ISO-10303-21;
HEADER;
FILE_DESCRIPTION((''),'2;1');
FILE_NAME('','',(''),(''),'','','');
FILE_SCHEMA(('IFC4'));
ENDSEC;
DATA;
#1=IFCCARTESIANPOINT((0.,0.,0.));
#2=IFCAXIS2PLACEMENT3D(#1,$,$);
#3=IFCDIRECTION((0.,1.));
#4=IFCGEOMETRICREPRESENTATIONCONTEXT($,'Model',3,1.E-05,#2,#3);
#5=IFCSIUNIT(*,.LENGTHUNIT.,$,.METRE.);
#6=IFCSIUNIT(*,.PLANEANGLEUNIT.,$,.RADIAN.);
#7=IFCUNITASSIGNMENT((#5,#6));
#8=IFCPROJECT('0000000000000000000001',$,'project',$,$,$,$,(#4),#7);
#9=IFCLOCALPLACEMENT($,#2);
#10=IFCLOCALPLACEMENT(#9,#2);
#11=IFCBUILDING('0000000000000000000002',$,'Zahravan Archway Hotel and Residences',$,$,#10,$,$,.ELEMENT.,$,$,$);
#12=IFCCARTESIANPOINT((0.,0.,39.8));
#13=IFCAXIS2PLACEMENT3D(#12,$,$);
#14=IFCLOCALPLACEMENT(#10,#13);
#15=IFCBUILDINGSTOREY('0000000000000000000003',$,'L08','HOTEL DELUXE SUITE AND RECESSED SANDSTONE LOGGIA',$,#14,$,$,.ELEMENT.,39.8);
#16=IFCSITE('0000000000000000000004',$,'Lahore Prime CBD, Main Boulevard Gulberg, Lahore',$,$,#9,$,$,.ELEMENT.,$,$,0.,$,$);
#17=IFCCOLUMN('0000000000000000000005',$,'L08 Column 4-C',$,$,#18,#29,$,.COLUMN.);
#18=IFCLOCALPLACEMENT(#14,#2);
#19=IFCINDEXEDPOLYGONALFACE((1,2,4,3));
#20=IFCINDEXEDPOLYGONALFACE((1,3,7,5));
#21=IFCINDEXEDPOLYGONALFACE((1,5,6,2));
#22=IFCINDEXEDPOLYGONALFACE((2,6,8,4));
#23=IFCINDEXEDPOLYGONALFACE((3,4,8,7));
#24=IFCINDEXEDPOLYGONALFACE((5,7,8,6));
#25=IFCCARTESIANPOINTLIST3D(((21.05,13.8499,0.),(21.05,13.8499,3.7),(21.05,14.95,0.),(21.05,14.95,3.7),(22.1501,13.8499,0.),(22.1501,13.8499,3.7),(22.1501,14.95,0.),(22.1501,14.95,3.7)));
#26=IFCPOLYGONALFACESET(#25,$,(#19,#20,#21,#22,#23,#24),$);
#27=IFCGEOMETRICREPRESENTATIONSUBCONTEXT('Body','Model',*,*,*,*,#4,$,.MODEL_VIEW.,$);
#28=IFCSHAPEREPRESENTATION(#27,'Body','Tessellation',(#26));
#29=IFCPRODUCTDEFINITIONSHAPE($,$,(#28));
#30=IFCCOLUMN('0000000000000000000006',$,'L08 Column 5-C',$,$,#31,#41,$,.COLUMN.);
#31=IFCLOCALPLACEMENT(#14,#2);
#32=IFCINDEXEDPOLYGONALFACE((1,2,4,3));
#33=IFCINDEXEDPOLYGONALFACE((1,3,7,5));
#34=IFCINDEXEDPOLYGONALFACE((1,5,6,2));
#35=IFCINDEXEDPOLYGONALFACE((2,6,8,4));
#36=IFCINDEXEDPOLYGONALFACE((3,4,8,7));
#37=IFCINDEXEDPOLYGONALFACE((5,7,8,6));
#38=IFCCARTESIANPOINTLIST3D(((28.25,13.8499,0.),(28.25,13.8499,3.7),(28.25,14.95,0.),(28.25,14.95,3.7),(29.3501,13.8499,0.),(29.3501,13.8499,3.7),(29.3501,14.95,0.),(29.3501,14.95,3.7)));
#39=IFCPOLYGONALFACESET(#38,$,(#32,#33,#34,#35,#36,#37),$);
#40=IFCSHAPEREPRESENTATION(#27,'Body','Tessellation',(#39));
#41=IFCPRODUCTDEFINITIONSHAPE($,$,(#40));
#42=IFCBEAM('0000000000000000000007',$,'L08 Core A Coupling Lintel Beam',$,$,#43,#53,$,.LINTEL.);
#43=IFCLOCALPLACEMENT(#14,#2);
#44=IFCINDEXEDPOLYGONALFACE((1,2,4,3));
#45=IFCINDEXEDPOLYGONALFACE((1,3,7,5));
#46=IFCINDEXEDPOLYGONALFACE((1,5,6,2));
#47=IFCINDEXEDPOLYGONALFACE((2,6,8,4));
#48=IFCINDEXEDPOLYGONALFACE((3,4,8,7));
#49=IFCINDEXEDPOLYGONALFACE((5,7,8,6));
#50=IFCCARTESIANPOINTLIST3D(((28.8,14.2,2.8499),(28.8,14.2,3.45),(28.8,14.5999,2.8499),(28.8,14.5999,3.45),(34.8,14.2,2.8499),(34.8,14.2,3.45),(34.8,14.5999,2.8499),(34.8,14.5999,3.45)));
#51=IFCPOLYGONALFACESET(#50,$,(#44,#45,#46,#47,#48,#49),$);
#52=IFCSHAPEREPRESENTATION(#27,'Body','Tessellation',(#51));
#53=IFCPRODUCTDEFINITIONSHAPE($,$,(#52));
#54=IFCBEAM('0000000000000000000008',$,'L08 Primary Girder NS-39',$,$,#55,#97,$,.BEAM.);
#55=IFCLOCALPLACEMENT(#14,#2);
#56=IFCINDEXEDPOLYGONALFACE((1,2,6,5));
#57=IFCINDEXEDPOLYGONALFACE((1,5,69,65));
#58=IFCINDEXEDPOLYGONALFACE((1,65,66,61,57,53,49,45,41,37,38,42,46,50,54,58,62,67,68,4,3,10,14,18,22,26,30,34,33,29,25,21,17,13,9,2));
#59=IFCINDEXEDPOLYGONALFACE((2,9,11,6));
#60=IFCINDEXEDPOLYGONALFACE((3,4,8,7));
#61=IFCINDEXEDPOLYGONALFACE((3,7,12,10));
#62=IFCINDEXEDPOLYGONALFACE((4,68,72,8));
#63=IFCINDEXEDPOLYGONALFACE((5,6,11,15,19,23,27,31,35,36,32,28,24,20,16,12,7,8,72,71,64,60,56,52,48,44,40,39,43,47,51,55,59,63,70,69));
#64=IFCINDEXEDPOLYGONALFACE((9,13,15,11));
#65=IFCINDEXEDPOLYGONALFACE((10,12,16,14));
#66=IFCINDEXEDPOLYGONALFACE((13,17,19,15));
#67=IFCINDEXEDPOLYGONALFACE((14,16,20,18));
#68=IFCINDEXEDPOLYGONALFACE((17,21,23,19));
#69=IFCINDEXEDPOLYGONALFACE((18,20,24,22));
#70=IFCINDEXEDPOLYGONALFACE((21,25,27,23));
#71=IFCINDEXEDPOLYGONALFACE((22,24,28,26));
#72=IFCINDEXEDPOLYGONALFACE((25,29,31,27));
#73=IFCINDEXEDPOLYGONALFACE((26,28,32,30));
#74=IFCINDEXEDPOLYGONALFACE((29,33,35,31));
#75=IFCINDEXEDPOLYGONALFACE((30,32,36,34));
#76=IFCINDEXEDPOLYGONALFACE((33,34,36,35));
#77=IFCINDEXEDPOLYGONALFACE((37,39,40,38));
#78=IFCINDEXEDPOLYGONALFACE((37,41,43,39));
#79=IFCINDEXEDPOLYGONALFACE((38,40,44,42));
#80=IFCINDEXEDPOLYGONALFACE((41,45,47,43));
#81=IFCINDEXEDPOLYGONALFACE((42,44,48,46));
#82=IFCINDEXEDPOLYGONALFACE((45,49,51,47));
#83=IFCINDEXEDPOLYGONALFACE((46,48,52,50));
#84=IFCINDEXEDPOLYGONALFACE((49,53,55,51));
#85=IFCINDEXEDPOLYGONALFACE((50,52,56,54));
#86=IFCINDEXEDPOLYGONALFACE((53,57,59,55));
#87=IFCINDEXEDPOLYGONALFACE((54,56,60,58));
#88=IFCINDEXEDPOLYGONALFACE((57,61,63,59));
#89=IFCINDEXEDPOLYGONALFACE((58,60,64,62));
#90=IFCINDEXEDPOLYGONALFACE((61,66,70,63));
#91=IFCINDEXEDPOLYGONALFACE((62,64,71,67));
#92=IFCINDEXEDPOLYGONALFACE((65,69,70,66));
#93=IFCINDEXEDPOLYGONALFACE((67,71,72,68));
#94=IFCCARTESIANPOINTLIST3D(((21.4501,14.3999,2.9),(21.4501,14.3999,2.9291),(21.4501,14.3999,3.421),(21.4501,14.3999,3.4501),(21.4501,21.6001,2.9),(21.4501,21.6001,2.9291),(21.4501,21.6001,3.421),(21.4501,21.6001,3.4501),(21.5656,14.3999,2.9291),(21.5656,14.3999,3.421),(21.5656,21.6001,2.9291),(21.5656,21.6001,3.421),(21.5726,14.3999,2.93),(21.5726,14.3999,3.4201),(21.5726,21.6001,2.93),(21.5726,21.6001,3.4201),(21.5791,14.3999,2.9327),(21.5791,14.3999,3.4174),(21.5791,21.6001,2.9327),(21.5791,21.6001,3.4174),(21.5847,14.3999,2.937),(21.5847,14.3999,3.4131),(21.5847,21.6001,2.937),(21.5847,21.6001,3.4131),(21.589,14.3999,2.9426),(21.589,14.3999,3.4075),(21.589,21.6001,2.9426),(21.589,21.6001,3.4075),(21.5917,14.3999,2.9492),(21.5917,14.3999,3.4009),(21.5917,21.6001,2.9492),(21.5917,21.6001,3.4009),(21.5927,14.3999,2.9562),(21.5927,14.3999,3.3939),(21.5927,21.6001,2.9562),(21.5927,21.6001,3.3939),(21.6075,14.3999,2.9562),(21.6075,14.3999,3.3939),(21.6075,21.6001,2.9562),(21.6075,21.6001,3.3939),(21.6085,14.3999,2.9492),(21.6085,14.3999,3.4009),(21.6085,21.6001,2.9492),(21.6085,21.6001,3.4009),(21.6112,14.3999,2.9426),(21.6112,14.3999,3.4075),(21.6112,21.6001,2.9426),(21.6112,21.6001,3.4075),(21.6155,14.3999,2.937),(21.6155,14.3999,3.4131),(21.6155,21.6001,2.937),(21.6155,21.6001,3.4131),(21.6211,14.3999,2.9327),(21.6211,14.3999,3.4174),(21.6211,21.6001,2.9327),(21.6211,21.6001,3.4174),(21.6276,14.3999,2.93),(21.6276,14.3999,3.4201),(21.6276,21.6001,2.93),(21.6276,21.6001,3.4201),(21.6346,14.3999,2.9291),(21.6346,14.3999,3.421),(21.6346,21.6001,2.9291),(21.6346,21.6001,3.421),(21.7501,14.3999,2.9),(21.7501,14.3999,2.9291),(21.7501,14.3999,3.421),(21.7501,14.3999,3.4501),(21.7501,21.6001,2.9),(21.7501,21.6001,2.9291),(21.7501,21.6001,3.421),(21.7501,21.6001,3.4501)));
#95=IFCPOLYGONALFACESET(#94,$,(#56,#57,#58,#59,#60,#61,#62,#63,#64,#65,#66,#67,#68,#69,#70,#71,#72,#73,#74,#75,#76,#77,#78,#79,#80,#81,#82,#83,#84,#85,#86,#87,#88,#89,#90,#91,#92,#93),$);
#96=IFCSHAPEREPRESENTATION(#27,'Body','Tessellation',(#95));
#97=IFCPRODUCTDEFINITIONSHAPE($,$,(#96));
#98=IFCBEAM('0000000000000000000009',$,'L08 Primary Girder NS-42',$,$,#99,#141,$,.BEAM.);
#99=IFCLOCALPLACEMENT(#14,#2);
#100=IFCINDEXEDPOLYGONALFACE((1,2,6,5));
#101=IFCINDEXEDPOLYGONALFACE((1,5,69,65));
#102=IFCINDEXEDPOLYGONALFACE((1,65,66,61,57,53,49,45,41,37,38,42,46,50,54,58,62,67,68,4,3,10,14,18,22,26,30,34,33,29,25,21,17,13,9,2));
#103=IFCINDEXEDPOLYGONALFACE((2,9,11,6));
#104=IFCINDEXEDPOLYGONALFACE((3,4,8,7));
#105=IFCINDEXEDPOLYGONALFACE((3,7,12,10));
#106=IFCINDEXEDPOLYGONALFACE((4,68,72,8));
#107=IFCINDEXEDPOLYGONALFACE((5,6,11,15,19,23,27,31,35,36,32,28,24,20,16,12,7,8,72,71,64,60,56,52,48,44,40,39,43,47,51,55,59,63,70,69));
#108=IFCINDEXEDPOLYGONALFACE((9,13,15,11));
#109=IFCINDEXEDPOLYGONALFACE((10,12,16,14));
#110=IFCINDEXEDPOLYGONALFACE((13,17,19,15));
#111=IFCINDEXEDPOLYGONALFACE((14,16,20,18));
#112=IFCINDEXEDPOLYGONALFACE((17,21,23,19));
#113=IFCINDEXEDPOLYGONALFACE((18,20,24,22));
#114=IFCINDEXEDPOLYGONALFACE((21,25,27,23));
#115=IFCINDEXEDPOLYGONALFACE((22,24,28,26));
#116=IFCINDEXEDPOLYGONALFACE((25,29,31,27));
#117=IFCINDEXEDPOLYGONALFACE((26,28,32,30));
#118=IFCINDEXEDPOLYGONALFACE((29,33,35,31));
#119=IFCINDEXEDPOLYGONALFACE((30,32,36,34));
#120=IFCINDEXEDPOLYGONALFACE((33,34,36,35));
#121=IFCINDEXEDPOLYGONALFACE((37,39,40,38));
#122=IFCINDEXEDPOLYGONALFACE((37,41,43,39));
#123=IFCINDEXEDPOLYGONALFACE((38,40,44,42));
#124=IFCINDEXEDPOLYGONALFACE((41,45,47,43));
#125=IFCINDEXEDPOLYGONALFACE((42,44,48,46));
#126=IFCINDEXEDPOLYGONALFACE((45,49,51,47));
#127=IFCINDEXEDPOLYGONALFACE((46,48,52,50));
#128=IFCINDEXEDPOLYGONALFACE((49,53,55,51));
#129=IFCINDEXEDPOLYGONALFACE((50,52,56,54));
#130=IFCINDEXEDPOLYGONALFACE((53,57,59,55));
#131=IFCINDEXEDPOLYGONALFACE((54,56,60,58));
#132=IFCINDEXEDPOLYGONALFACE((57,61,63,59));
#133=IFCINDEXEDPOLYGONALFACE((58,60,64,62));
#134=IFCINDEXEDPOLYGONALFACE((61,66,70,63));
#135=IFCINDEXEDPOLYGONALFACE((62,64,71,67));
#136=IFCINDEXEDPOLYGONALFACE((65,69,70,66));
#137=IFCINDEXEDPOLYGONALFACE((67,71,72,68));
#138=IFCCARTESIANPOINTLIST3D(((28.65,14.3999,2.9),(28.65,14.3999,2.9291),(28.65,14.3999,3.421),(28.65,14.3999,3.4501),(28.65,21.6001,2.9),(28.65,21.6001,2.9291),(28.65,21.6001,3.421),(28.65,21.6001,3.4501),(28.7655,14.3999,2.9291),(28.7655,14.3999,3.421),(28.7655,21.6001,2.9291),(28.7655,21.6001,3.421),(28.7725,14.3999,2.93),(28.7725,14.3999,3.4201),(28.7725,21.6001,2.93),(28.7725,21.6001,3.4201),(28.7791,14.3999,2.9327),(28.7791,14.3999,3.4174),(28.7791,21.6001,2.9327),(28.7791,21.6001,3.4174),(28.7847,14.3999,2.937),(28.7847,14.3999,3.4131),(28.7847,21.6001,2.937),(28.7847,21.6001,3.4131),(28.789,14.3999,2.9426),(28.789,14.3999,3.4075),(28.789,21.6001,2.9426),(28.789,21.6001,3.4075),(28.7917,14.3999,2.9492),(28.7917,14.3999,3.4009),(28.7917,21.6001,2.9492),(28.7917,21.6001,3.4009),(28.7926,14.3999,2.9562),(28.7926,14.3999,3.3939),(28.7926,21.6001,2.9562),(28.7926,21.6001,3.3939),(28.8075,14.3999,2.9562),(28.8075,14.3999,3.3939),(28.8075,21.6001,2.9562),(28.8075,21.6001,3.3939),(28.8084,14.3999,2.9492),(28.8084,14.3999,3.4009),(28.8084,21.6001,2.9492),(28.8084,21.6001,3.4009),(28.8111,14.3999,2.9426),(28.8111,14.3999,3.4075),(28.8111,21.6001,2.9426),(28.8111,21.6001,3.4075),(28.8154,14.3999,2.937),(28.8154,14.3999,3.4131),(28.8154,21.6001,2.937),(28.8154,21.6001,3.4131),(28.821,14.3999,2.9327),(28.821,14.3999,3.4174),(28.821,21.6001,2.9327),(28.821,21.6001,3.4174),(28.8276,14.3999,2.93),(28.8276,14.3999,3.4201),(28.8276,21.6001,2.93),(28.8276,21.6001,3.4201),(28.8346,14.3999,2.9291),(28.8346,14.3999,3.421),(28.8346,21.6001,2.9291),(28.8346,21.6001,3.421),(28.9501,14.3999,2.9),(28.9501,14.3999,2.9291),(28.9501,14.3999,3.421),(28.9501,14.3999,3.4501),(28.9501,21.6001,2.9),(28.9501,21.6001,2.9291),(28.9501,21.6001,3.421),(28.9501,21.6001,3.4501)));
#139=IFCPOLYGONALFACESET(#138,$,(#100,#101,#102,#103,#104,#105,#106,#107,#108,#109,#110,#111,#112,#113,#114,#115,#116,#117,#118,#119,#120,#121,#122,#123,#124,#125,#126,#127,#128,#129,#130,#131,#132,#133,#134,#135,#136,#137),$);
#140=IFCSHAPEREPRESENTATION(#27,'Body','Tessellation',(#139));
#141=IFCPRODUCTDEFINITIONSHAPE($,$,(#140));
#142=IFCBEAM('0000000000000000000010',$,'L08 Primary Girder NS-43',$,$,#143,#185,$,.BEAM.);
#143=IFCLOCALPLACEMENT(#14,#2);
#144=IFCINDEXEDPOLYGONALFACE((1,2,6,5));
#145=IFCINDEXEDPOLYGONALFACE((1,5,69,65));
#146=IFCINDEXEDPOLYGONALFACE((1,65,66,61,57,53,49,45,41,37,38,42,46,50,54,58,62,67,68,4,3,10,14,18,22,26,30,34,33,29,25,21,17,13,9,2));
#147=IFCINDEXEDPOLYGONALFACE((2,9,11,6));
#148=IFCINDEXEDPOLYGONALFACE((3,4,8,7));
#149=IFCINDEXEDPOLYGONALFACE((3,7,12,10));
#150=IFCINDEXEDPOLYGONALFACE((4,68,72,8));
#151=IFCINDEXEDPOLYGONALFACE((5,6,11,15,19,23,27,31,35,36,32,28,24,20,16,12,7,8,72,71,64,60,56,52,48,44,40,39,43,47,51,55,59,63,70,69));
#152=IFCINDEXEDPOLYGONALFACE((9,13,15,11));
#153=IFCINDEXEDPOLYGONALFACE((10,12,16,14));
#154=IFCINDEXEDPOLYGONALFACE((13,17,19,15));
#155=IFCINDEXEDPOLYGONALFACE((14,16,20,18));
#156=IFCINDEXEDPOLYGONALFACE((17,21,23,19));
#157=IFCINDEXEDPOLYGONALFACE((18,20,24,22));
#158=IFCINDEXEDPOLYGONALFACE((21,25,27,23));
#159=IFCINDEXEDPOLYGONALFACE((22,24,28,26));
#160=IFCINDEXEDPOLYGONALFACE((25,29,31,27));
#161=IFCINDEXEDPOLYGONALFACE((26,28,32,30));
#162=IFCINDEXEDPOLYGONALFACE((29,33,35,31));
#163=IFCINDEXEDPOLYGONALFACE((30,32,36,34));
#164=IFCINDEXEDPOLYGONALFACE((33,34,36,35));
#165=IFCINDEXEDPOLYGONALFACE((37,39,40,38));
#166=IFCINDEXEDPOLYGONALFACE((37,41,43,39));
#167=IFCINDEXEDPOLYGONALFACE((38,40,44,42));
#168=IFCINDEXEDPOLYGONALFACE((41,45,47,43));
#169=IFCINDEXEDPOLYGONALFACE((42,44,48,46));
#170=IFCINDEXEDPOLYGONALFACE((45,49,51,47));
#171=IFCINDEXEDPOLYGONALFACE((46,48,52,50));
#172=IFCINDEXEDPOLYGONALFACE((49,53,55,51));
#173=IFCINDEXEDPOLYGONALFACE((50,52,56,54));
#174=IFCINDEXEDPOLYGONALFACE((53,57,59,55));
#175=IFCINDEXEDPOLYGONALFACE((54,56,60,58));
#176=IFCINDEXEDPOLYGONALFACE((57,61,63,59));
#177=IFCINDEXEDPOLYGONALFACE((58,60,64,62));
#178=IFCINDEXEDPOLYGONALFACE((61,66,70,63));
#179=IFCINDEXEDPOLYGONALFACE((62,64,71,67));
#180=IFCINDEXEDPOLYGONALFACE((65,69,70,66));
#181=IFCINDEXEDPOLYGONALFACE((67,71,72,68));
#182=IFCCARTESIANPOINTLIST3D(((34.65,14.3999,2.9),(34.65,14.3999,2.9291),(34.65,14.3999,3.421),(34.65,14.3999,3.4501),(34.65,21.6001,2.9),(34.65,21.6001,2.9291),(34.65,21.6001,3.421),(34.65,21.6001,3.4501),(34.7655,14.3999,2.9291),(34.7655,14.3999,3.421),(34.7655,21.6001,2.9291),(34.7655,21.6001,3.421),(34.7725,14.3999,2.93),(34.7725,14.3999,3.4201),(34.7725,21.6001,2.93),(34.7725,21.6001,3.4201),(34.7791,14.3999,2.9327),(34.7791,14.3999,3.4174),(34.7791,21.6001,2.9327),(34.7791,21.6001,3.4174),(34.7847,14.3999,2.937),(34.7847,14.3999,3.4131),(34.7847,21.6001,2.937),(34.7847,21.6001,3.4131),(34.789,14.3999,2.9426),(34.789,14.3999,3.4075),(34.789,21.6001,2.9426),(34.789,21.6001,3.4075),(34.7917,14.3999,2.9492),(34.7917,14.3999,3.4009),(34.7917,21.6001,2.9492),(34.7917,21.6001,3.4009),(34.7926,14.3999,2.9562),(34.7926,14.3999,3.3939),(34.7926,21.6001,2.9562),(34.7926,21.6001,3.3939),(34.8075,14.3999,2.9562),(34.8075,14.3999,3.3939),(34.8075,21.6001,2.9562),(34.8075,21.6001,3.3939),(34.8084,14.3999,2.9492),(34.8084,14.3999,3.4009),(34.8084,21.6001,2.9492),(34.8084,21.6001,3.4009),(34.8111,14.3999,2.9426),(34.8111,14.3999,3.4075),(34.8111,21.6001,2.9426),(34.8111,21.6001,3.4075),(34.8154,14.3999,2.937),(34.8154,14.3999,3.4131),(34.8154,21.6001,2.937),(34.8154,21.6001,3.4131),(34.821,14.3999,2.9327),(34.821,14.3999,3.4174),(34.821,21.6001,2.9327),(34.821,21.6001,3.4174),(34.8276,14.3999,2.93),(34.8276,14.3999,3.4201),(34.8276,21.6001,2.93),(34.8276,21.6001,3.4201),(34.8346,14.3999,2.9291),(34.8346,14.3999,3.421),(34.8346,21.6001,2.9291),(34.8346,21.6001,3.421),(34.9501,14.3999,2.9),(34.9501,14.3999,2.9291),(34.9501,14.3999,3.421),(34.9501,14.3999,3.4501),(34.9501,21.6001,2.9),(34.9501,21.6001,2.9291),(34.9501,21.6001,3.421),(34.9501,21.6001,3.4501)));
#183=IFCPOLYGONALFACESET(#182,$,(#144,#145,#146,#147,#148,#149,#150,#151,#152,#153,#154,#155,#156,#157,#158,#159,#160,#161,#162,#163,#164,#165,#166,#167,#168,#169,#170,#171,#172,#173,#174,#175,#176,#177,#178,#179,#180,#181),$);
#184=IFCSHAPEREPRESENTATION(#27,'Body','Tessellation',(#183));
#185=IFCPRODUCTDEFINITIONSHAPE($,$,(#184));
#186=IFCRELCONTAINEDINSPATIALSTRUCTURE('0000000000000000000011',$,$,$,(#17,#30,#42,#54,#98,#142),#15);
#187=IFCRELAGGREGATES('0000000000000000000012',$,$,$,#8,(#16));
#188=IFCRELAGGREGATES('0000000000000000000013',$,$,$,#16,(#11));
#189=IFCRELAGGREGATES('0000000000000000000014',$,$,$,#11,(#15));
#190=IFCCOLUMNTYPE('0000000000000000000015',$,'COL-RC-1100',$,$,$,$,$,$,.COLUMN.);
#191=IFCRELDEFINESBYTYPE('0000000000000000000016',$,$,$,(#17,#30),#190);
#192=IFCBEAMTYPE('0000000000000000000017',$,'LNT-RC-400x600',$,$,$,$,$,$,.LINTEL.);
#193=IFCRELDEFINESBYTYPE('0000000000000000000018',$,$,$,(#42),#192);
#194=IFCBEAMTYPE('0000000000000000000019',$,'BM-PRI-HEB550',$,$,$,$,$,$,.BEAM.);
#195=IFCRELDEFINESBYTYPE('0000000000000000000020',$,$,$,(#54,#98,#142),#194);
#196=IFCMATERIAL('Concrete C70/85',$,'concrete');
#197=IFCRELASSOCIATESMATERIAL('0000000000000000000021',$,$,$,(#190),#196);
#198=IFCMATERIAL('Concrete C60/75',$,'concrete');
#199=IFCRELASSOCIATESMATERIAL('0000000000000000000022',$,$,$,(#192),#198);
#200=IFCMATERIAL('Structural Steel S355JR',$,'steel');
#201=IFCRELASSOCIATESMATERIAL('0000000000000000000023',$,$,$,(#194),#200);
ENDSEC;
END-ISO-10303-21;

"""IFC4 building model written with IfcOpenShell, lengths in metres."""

from ifc_helpers import new_model, si_unit, direction, frame, origin, origin_2d, place, context, subcontext, project, spatial, rectangle, i_section, extrude, source, transform, mapped, material, material_profile, profile_set, type_object, type_shapes, element, save


model = new_model("IFC4")

# Units and contexts
model_context = context("Model", 3, precision=1e-05, world=origin(), true_north=direction((0.0, 1.0)))
body_context = subcontext(model_context, "Body", "Model", "MODEL_VIEW")
ifc_project = project(units=[si_unit("LENGTHUNIT", "METRE"), si_unit("PLANEANGLEUNIT", "RADIAN")], contexts=[model_context])

# Site, building, storey
site_placement = place(None, origin())
site = spatial("IfcSite", under=ifc_project, at=site_placement, Name="Lahore Prime CBD, Main Boulevard Gulberg, Lahore", CompositionType="ELEMENT", RefElevation=0.0)
building_placement = place(site_placement, origin())
building = spatial("IfcBuilding", under=site, at=building_placement, Name="Zahravan Archway Hotel and Residences", CompositionType="ELEMENT")
storey_placement = place(building_placement, frame((0.0, 0.0, 39.8)))
storey = spatial("IfcBuildingStorey", under=building, at=storey_placement, Name="L08", Description="HOTEL DELUXE SUITE AND RECESSED SANDSTONE LOGGIA", CompositionType="ELEMENT", Elevation=39.8)

# Columns
ifc_material_1 = material(Name="Concrete C70/85", Category="concrete")
ifc_material_profile_1 = material_profile(ifc_material_1, rectangle(XDim=1.1001, YDim=1.1001, at=origin_2d()), Name="RC 1100x1100", Category="concrete")
ifc_profile_set_1 = profile_set([ifc_material_profile_1], Name="Concrete C70/85")
column_type = type_object("IfcColumnType", Name="COL-RC-1100", PredefinedType="COLUMN", material=ifc_profile_set_1)
shared_shape_1 = source(origin(), body_context, "Body", "SweptSolid", [
    extrude(rectangle(XDim=1.1001, YDim=1.1001, at=origin_2d()), origin(), (0.0, 0.0, 1.0), 3.7),
])
for number, where, z_axis, x_axis, name in (
    (1, (21.6001, 14.3999, 0.0), (0.0, 0.0, 1.0), (1.0, 0.0, 0.0), "L08 Column 4-C"),
    (2, (28.8, 14.3999, 0.0), (0.0, 0.0, 1.0), (1.0, 0.0, 0.0), "L08 Column 5-C"),
):
    element("IfcColumn", number, at=place(storey_placement, frame(where, z_axis=z_axis, x_axis=x_axis)), inside=storey, type_object=column_type, Name=name, PredefinedType="COLUMN", context=body_context, shape_type="MappedRepresentation", body=[
        mapped(shared_shape_1, transform((0.0, 0.0, 0.0), scale=1.0)),
    ])

# Beams
ifc_material_2 = material(Name="Concrete C60/75", Category="concrete")
ifc_material_profile_2 = material_profile(ifc_material_2, rectangle(XDim=0.3999, YDim=0.6001, at=origin_2d()), Name="RC-LNT-400x600", Category="concrete")
ifc_profile_set_2 = profile_set([ifc_material_profile_2], Name="Concrete C60/75")
beam_type_1 = type_object("IfcBeamType", Name="LNT-RC-400x600", PredefinedType="LINTEL", material=ifc_profile_set_2)
shared_shape_2 = source(origin(), body_context, "Body", "SweptSolid", [
    extrude(rectangle(XDim=0.3999, YDim=0.6001, at=origin_2d()), origin(), (0.0, 0.0, 1.0), 6.0),
])
type_shapes(beam_type_1, [shared_shape_2])
beam_1_placement = place(storey_placement, frame((28.8, 14.3999, 3.1499), z_axis=(1.0, 0.0, 0.0), x_axis=(0.0, 1.0, 0.0)))
element("IfcBeam", 3, at=beam_1_placement, inside=storey, type_object=beam_type_1, Name="L08 Core A Coupling Lintel Beam", PredefinedType="LINTEL", context=body_context, shape_type="MappedRepresentation", body=[
    mapped(shared_shape_2, transform((0.0, 0.0, 0.0), scale=1.0)),
])
ifc_material_3 = material(Name="Structural Steel S355JR", Category="steel")
ifc_material_profile_3 = material_profile(ifc_material_3, i_section(OverallWidth=0.3, OverallDepth=0.55, WebThickness=0.0149, FlangeThickness=0.0291, FilletRadius=0.0271, at=origin_2d()), Name="HEB 550", Category="steel")
ifc_profile_set_3 = profile_set([ifc_material_profile_3], Name="Structural Steel S355JR")
beam_type_2 = type_object("IfcBeamType", Name="BM-PRI-HEB550", PredefinedType="BEAM", material=ifc_profile_set_3)
shared_shape_3 = source(origin(), body_context, "Body", "SweptSolid", [
    extrude(i_section(OverallWidth=0.3, OverallDepth=0.55, WebThickness=0.0149, FlangeThickness=0.0291, FilletRadius=0.0271, at=origin_2d()), origin(), (0.0, 0.0, 1.0), 7.2002),
])
type_shapes(beam_type_2, [shared_shape_3])
for number, where, z_axis, x_axis, name in (
    (4, (21.6001, 14.3999, 3.175), (0.0, 1.0, 0.0), (-1.0, 0.0, 0.0), "L08 Primary Girder NS-39"),
    (5, (28.8, 14.3999, 3.175), (0.0, 1.0, 0.0), (-1.0, 0.0, 0.0), "L08 Primary Girder NS-42"),
    (6, (34.8, 14.3999, 3.175), (0.0, 1.0, 0.0), (-1.0, 0.0, 0.0), "L08 Primary Girder NS-43"),
):
    element("IfcBeam", number, at=place(storey_placement, frame(where, z_axis=z_axis, x_axis=x_axis)), inside=storey, type_object=beam_type_2, Name=name, PredefinedType="BEAM", context=body_context, shape_type="MappedRepresentation", body=[
        mapped(shared_shape_3, transform((0.0, 0.0, 0.0), scale=1.0)),
    ])

save(model, "model.ifc")
